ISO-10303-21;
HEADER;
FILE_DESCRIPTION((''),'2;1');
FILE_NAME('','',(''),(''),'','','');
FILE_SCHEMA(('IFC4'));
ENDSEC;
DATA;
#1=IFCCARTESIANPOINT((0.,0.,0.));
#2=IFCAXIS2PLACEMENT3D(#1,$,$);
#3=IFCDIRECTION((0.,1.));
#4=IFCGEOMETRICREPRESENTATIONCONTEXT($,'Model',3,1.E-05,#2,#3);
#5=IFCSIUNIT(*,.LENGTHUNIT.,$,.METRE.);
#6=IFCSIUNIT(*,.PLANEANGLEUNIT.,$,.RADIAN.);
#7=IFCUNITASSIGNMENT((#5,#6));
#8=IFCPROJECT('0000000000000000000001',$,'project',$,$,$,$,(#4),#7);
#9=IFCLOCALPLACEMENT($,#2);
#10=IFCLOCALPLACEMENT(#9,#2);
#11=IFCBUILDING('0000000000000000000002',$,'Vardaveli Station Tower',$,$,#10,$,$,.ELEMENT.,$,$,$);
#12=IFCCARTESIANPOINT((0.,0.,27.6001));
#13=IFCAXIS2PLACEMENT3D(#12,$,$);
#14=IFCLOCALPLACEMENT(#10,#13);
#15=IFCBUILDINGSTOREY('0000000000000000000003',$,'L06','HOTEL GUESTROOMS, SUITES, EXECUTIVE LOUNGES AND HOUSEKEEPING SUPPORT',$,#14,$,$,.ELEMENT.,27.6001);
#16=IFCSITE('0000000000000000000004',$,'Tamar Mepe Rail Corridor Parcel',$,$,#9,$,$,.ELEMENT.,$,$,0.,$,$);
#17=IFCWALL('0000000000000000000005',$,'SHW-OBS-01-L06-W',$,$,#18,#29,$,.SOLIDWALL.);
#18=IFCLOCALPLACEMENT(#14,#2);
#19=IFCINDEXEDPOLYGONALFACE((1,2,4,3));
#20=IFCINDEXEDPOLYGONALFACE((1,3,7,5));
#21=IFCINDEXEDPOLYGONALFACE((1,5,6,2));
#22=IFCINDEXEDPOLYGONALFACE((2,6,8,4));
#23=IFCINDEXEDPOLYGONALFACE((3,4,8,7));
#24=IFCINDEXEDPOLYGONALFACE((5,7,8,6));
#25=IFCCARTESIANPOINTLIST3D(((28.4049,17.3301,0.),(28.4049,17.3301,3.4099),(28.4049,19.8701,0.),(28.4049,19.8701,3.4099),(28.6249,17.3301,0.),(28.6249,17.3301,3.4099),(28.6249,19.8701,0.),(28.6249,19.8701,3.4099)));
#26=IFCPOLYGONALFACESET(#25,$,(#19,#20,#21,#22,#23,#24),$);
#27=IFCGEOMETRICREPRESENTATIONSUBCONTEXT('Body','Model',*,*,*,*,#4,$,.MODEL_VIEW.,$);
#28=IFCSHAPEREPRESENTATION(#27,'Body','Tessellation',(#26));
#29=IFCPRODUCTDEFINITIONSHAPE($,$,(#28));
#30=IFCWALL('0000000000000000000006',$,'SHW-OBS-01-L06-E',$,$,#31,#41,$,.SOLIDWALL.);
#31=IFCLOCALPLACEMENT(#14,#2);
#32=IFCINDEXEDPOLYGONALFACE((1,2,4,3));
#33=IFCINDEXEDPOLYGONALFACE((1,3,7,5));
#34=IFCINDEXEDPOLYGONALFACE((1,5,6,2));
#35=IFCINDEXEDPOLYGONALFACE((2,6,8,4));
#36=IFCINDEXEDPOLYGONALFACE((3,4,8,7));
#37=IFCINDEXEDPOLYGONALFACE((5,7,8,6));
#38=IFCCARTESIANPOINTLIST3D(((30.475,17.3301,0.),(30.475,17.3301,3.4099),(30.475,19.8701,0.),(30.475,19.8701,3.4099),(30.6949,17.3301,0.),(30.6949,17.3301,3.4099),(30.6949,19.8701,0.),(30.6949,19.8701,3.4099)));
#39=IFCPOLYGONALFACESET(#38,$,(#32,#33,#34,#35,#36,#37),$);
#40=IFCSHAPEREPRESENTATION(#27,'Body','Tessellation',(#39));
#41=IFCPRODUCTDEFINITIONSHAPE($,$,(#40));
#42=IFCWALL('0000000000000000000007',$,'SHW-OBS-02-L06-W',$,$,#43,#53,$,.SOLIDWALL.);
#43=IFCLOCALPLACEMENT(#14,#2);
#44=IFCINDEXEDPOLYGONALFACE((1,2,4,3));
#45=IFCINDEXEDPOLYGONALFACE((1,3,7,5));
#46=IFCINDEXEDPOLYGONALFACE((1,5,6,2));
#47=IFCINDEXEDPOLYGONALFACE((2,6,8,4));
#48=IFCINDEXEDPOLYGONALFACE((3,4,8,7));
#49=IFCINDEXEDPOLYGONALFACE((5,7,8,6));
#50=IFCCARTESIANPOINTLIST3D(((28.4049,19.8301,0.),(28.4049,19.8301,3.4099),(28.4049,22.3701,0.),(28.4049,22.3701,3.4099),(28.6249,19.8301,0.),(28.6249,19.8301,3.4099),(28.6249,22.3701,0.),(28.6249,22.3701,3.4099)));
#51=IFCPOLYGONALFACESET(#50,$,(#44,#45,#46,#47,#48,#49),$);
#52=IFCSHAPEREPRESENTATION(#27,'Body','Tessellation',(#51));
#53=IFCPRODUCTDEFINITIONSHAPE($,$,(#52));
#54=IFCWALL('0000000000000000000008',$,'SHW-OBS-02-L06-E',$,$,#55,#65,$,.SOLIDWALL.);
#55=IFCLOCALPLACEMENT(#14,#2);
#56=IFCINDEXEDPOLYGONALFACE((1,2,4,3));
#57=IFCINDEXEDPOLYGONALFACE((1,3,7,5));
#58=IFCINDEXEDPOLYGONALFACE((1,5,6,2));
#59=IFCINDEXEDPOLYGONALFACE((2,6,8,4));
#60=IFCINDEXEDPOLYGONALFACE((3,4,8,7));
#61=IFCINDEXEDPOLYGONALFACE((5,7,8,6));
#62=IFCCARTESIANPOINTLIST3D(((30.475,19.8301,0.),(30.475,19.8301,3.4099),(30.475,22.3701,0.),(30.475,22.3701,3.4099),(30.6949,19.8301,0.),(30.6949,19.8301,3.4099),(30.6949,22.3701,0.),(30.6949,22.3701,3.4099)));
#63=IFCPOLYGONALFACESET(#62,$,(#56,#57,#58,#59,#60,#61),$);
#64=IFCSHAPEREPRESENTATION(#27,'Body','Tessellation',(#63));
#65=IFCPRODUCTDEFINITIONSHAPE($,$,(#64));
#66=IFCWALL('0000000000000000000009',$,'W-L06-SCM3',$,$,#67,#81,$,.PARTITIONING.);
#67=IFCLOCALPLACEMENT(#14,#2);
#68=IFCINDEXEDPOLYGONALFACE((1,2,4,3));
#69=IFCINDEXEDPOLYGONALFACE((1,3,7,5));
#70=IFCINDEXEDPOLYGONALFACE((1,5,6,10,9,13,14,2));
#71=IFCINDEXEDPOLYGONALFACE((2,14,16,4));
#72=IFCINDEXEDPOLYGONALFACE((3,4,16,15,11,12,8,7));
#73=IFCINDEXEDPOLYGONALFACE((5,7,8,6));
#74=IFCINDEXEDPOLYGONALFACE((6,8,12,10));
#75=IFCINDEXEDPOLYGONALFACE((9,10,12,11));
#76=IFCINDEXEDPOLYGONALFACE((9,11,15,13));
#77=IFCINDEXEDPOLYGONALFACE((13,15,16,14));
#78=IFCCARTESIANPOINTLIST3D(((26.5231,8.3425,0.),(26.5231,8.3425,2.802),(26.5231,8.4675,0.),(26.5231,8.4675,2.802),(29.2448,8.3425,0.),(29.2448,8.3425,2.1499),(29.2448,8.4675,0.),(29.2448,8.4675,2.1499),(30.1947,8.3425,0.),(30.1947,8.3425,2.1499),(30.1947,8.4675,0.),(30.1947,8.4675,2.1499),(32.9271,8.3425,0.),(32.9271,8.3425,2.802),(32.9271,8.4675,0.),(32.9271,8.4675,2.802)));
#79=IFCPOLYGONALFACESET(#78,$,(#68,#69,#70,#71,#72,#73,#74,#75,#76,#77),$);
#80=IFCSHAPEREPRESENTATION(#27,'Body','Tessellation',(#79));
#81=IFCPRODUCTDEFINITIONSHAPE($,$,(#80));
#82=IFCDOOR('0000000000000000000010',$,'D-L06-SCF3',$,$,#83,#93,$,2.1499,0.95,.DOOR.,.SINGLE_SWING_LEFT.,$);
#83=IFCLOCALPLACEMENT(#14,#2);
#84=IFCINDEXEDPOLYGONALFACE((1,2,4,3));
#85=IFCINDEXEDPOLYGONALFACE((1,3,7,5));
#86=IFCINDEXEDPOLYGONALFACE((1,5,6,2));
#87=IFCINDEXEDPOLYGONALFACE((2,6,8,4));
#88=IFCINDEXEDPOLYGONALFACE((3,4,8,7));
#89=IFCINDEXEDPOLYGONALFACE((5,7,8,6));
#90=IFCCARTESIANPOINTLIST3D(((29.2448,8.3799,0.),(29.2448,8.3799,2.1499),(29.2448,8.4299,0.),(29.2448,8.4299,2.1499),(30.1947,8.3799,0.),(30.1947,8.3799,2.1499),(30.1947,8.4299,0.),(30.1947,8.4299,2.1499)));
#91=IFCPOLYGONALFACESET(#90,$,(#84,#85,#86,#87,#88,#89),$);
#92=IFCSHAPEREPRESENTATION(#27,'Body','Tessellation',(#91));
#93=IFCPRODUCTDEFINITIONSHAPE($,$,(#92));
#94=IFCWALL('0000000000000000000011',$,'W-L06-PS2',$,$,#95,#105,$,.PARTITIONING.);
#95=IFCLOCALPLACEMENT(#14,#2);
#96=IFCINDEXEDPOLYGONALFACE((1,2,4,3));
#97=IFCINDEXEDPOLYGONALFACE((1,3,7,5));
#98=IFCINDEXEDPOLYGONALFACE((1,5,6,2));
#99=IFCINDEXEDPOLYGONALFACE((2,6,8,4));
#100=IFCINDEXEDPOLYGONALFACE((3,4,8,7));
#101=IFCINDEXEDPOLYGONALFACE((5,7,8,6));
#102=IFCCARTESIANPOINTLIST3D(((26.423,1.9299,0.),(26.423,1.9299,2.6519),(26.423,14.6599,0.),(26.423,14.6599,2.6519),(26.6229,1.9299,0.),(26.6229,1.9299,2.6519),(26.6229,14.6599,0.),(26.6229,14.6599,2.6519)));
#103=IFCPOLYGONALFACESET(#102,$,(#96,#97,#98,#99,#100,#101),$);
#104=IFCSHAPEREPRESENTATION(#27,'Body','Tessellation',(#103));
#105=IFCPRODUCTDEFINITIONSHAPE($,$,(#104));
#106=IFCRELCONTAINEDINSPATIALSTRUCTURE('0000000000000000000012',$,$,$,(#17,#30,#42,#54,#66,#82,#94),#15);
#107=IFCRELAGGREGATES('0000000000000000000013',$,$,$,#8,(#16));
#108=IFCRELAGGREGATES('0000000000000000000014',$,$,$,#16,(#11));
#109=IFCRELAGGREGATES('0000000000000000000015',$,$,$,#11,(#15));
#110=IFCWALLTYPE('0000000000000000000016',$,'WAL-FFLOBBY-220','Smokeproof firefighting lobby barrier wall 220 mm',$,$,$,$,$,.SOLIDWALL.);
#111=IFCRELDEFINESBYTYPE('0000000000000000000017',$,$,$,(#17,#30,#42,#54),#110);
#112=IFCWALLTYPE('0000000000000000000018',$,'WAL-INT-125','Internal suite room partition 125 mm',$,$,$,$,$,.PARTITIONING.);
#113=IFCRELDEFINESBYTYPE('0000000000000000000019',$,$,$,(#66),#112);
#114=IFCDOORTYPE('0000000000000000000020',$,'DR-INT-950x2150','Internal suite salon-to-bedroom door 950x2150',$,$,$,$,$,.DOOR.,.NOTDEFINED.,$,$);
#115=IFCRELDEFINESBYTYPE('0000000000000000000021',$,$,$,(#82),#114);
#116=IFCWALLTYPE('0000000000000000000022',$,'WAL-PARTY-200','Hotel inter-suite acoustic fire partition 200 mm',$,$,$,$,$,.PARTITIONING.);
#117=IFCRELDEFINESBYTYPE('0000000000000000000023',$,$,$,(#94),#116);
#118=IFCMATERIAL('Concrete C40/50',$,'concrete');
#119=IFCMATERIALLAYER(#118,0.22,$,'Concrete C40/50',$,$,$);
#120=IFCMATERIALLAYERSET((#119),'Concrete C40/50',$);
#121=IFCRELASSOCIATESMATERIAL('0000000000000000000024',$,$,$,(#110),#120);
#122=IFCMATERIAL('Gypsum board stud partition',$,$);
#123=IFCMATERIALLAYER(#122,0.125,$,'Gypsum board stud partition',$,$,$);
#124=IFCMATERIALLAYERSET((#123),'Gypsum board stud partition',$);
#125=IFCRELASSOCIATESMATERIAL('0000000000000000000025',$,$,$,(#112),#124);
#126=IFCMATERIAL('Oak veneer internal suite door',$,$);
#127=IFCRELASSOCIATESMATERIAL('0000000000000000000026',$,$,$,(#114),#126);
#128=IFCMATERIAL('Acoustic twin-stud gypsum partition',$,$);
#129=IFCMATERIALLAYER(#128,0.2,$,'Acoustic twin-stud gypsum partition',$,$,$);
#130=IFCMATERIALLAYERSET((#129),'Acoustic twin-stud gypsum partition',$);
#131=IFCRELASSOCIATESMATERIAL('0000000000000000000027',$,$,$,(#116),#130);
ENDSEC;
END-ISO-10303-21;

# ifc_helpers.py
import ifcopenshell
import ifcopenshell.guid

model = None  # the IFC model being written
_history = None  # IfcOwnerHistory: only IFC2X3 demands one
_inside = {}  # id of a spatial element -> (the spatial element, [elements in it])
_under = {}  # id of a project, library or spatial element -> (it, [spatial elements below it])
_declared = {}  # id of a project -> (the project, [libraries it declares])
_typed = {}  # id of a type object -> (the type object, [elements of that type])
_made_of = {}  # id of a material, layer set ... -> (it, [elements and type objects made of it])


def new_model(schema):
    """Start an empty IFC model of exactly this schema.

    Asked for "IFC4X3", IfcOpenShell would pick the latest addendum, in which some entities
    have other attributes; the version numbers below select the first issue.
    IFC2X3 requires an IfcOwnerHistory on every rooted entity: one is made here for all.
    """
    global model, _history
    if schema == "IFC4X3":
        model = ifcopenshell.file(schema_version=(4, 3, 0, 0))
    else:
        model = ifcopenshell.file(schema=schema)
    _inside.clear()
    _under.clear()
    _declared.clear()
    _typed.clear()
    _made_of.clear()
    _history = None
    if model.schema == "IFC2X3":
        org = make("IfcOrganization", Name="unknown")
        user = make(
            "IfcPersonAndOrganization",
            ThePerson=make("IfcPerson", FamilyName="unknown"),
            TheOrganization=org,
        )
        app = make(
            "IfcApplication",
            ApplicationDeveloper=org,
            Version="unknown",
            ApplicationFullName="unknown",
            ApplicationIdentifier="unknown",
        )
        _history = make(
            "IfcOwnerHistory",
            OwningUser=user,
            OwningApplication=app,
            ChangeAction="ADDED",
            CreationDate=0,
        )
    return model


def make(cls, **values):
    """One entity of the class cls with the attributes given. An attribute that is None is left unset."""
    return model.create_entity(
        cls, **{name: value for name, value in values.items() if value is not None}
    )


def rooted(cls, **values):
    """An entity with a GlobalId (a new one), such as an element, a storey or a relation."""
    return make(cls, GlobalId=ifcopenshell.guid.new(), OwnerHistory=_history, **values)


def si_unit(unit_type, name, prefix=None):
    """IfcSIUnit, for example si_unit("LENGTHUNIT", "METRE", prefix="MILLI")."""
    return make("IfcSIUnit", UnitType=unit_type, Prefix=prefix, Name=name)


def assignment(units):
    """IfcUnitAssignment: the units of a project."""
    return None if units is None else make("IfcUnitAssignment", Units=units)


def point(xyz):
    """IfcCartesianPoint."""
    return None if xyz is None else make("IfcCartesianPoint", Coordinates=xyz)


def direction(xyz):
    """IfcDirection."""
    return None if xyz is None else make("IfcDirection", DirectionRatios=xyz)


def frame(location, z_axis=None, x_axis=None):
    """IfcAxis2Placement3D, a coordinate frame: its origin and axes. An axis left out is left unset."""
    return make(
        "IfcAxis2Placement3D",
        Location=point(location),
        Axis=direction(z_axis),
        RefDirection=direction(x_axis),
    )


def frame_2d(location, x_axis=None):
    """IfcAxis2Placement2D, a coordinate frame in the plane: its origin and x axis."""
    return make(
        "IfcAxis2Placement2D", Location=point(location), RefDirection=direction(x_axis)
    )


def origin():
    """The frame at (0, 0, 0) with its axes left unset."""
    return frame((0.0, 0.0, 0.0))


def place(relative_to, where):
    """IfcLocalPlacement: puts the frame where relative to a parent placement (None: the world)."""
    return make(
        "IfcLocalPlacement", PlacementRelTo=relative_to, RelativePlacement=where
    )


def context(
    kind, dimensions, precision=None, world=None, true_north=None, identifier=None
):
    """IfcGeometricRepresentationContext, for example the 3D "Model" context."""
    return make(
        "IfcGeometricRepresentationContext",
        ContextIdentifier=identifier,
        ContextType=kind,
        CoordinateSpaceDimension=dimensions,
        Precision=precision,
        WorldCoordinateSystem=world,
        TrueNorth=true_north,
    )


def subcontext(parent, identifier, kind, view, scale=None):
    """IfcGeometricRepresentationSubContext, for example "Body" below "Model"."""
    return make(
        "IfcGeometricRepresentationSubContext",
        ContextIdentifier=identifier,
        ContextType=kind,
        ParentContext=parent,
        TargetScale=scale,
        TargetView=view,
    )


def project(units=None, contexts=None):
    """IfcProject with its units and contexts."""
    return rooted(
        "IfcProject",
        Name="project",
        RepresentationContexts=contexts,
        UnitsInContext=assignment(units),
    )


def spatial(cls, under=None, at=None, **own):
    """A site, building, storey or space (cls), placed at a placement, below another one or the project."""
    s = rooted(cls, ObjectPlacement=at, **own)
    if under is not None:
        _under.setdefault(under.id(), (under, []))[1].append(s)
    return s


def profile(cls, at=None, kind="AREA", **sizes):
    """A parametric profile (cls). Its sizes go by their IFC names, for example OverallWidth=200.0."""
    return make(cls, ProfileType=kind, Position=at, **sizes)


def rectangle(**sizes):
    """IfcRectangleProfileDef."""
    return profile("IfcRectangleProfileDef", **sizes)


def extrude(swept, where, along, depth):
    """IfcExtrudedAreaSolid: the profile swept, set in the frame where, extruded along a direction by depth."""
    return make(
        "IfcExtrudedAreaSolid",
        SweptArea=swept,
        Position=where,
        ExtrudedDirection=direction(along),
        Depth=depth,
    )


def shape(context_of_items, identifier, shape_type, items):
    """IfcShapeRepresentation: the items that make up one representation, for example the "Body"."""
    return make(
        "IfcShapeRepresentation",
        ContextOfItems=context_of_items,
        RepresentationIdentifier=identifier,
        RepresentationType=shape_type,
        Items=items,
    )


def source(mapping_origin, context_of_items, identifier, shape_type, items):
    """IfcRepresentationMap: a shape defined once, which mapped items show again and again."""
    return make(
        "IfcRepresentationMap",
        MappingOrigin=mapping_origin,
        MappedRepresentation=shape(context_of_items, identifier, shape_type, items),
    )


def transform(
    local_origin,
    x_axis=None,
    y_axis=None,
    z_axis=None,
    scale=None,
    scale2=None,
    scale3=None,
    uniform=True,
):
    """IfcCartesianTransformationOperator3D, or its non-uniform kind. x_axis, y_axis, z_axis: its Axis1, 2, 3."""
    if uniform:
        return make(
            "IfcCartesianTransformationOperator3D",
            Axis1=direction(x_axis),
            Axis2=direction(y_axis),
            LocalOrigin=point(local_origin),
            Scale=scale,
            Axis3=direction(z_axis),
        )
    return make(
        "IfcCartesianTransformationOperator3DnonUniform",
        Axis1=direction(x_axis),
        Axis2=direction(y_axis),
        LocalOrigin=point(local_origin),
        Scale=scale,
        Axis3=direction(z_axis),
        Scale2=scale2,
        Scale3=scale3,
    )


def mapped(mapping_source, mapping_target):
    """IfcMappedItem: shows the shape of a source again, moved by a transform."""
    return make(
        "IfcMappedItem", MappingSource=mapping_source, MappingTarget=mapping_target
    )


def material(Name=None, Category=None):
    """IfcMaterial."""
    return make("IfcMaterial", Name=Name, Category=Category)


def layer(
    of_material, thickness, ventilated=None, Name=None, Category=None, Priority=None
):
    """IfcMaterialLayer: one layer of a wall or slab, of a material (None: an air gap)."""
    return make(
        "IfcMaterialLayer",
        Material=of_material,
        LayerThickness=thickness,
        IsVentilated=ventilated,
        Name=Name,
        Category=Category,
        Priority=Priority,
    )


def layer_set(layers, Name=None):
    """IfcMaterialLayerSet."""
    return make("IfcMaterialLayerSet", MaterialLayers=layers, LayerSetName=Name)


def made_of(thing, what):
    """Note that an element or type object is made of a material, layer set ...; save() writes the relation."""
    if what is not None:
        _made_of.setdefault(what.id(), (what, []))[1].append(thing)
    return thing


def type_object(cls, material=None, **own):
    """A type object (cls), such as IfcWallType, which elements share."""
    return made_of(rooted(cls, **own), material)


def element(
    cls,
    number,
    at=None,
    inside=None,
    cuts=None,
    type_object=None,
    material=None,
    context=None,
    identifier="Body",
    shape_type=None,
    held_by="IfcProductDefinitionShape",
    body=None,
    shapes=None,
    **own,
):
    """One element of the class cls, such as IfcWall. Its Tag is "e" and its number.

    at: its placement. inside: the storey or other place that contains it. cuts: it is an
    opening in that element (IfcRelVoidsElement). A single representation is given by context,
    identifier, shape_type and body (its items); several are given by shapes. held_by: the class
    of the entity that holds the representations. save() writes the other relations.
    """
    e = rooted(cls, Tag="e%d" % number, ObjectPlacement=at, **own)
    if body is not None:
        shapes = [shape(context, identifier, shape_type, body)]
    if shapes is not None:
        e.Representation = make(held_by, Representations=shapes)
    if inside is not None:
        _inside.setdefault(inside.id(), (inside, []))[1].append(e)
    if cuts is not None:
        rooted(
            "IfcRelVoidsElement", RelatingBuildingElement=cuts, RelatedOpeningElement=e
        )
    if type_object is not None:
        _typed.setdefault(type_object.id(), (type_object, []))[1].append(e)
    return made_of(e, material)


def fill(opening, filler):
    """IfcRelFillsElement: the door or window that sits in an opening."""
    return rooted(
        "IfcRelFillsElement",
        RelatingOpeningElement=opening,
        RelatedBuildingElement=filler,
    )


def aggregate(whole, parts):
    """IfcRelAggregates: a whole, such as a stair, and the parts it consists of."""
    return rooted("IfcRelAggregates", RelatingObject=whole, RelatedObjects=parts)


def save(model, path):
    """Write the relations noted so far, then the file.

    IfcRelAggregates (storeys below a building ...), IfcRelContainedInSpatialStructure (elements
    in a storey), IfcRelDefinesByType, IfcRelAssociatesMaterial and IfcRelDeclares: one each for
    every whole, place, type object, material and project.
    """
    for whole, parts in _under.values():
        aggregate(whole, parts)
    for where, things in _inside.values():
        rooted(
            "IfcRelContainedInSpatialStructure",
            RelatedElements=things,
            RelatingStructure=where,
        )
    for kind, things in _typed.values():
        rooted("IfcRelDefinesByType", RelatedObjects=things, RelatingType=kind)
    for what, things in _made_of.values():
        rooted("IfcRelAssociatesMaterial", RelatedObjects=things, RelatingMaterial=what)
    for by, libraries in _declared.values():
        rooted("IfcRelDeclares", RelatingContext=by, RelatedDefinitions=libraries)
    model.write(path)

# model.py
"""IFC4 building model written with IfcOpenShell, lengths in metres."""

from ifc_helpers import new_model, si_unit, direction, frame, frame_2d, origin, place, context, subcontext, project, spatial, rectangle, extrude, source, transform, mapped, material, layer, layer_set, type_object, element, fill, save


model = new_model("IFC4")

# Units and contexts
model_context = context("Model", 3, precision=1e-05, world=origin(), true_north=direction((0.0, 1.0)))
body_context = subcontext(model_context, "Body", "Model", "MODEL_VIEW")
ifc_project = project(units=[si_unit("LENGTHUNIT", "METRE"), si_unit("PLANEANGLEUNIT", "RADIAN")], contexts=[model_context])

# Site, building, storey
site_placement = place(None, origin())
site = spatial("IfcSite", under=ifc_project, at=site_placement, Name="Tamar Mepe Rail Corridor Parcel", CompositionType="ELEMENT", RefElevation=0.0)
building_placement = place(site_placement, origin())
building = spatial("IfcBuilding", under=site, at=building_placement, Name="Vardaveli Station Tower", CompositionType="ELEMENT")
storey_placement = place(building_placement, frame((0.0, 0.0, 27.6001)))
storey = spatial("IfcBuildingStorey", under=building, at=storey_placement, Name="L06", Description="HOTEL GUESTROOMS, SUITES, EXECUTIVE LOUNGES AND HOUSEKEEPING SUPPORT", CompositionType="ELEMENT", Elevation=27.6001)

# Walls
ifc_material_1 = material(Name="Concrete C40/50", Category="concrete")
ifc_layer_1 = layer(ifc_material_1, 0.22, Name="Concrete C40/50")
ifc_layer_set_1 = layer_set([ifc_layer_1], Name="Concrete C40/50")
wall_type_1 = type_object("IfcWallType", Name="WAL-FFLOBBY-220", Description="Smokeproof firefighting lobby barrier wall 220 mm", PredefinedType="SOLIDWALL", material=ifc_layer_set_1)
shared_shape_1 = source(origin(), body_context, "Body", "SweptSolid", [
    extrude(rectangle(XDim=2.54, YDim=0.22, at=frame_2d((1.27, 0.0))), origin(), (0.0, 0.0, 1.0), 3.4099),
])
for number, where, z_axis, x_axis, name in (
    (1, (28.5149, 17.3301, 0.0), (0.0, 0.0, 1.0), (0.0, 1.0, 0.0), "SHW-OBS-01-L06-W"),
    (2, (30.585, 17.3301, 0.0), (0.0, 0.0, 1.0), (0.0, 1.0, 0.0), "SHW-OBS-01-L06-E"),
    (3, (28.5149, 19.8301, 0.0), (0.0, 0.0, 1.0), (0.0, 1.0, 0.0), "SHW-OBS-02-L06-W"),
    (4, (30.585, 19.8301, 0.0), (0.0, 0.0, 1.0), (0.0, 1.0, 0.0), "SHW-OBS-02-L06-E"),
):
    element("IfcWall", number, at=place(storey_placement, frame(where, z_axis=z_axis, x_axis=x_axis)), inside=storey, type_object=wall_type_1, Name=name, PredefinedType="SOLIDWALL", context=body_context, shape_type="MappedRepresentation", body=[
        mapped(shared_shape_1, transform((0.0, 0.0, 0.0), scale=1.0)),
    ])

# Wall, opening, door
ifc_material_2 = material(Name="Gypsum board stud partition")
ifc_layer_2 = layer(ifc_material_2, 0.125, Name="Gypsum board stud partition")
ifc_layer_set_2 = layer_set([ifc_layer_2], Name="Gypsum board stud partition")
wall_type_2 = type_object("IfcWallType", Name="WAL-INT-125", Description="Internal suite room partition 125 mm", PredefinedType="PARTITIONING", material=ifc_layer_set_2)
shared_shape_2 = source(origin(), body_context, "Body", "SweptSolid", [
    extrude(rectangle(XDim=6.4041, YDim=0.125, at=frame_2d((3.2021, 0.0))), origin(), (0.0, 0.0, 1.0), 2.802),
])
wall_1_placement = place(storey_placement, frame((26.5229, 8.405, 0.0), z_axis=(0.0, 0.0, 1.0), x_axis=(1.0, 0.0, 0.0)))
wall_1 = element("IfcWall", 5, at=wall_1_placement, inside=storey, type_object=wall_type_2, Name="W-L06-SCM3", PredefinedType="PARTITIONING", context=body_context, shape_type="MappedRepresentation", body=[
    mapped(shared_shape_2, transform((0.0, 0.0, 0.0), scale=1.0)),
])
shared_shape_3 = source(origin(), body_context, "Body", "SweptSolid", [
    extrude(rectangle(XDim=0.95, YDim=2.1499, at=frame_2d((0.4751, 1.075))), frame((0.0, 0.0725, 0.0), z_axis=(0.0, -1.0, 0.0), x_axis=(1.0, 0.0, 0.0)), (0.0, 0.0, 1.0), 0.145),
])
opening_1_placement = place(wall_1_placement, frame((2.7217, 0.0, 0.0)))
opening_1 = element("IfcOpeningElement", 6, at=opening_1_placement, cuts=wall_1, PredefinedType="OPENING", context=body_context, shape_type="MappedRepresentation", body=[
    mapped(shared_shape_3, transform((0.0, 0.0, 0.0), scale=1.0)),
])
ifc_material_3 = material(Name="Oak veneer internal suite door")
door_type = type_object("IfcDoorType", Name="DR-INT-950x2150", Description="Internal suite salon-to-bedroom door 950x2150", OperationType="NOTDEFINED", PredefinedType="DOOR", material=ifc_material_3)
shared_shape_4 = source(origin(), body_context, "Body", "SweptSolid", [
    extrude(rectangle(XDim=0.95, YDim=2.1499, at=frame_2d((0.4751, 1.075))), frame((0.0, 0.0249, 0.0), z_axis=(0.0, -1.0, 0.0), x_axis=(1.0, 0.0, 0.0)), (0.0, 0.0, 1.0), 0.05),
])
door_placement = place(opening_1_placement, origin())
door = element("IfcDoor", 7, at=door_placement, inside=storey, type_object=door_type, Name="D-L06-SCF3", OperationType="SINGLE_SWING_LEFT", OverallHeight=2.1499, OverallWidth=0.95, PredefinedType="DOOR", context=body_context, shape_type="MappedRepresentation", body=[
    mapped(shared_shape_4, transform((0.0, 0.0, 0.0), scale=1.0)),
])
fill(opening_1, door)

# Wall
ifc_material_4 = material(Name="Acoustic twin-stud gypsum partition")
ifc_layer_3 = layer(ifc_material_4, 0.2, Name="Acoustic twin-stud gypsum partition")
ifc_layer_set_3 = layer_set([ifc_layer_3], Name="Acoustic twin-stud gypsum partition")
wall_type_3 = type_object("IfcWallType", Name="WAL-PARTY-200", Description="Hotel inter-suite acoustic fire partition 200 mm", PredefinedType="PARTITIONING", material=ifc_layer_set_3)
shared_shape_5 = source(origin(), body_context, "Body", "SweptSolid", [
    extrude(rectangle(XDim=12.73, YDim=0.2, at=frame_2d((6.365, 0.0))), origin(), (0.0, 0.0, 1.0), 2.6519),
])
wall_2_placement = place(storey_placement, frame((26.5229, 1.9299, 0.0), z_axis=(0.0, 0.0, 1.0), x_axis=(0.0, 1.0, 0.0)))
element("IfcWall", 8, at=wall_2_placement, inside=storey, type_object=wall_type_3, Name="W-L06-PS2", PredefinedType="PARTITIONING", context=body_context, shape_type="MappedRepresentation", body=[
    mapped(shared_shape_5, transform((0.0, 0.0, 0.0), scale=1.0)),
])

save(model, "model.ifc")
